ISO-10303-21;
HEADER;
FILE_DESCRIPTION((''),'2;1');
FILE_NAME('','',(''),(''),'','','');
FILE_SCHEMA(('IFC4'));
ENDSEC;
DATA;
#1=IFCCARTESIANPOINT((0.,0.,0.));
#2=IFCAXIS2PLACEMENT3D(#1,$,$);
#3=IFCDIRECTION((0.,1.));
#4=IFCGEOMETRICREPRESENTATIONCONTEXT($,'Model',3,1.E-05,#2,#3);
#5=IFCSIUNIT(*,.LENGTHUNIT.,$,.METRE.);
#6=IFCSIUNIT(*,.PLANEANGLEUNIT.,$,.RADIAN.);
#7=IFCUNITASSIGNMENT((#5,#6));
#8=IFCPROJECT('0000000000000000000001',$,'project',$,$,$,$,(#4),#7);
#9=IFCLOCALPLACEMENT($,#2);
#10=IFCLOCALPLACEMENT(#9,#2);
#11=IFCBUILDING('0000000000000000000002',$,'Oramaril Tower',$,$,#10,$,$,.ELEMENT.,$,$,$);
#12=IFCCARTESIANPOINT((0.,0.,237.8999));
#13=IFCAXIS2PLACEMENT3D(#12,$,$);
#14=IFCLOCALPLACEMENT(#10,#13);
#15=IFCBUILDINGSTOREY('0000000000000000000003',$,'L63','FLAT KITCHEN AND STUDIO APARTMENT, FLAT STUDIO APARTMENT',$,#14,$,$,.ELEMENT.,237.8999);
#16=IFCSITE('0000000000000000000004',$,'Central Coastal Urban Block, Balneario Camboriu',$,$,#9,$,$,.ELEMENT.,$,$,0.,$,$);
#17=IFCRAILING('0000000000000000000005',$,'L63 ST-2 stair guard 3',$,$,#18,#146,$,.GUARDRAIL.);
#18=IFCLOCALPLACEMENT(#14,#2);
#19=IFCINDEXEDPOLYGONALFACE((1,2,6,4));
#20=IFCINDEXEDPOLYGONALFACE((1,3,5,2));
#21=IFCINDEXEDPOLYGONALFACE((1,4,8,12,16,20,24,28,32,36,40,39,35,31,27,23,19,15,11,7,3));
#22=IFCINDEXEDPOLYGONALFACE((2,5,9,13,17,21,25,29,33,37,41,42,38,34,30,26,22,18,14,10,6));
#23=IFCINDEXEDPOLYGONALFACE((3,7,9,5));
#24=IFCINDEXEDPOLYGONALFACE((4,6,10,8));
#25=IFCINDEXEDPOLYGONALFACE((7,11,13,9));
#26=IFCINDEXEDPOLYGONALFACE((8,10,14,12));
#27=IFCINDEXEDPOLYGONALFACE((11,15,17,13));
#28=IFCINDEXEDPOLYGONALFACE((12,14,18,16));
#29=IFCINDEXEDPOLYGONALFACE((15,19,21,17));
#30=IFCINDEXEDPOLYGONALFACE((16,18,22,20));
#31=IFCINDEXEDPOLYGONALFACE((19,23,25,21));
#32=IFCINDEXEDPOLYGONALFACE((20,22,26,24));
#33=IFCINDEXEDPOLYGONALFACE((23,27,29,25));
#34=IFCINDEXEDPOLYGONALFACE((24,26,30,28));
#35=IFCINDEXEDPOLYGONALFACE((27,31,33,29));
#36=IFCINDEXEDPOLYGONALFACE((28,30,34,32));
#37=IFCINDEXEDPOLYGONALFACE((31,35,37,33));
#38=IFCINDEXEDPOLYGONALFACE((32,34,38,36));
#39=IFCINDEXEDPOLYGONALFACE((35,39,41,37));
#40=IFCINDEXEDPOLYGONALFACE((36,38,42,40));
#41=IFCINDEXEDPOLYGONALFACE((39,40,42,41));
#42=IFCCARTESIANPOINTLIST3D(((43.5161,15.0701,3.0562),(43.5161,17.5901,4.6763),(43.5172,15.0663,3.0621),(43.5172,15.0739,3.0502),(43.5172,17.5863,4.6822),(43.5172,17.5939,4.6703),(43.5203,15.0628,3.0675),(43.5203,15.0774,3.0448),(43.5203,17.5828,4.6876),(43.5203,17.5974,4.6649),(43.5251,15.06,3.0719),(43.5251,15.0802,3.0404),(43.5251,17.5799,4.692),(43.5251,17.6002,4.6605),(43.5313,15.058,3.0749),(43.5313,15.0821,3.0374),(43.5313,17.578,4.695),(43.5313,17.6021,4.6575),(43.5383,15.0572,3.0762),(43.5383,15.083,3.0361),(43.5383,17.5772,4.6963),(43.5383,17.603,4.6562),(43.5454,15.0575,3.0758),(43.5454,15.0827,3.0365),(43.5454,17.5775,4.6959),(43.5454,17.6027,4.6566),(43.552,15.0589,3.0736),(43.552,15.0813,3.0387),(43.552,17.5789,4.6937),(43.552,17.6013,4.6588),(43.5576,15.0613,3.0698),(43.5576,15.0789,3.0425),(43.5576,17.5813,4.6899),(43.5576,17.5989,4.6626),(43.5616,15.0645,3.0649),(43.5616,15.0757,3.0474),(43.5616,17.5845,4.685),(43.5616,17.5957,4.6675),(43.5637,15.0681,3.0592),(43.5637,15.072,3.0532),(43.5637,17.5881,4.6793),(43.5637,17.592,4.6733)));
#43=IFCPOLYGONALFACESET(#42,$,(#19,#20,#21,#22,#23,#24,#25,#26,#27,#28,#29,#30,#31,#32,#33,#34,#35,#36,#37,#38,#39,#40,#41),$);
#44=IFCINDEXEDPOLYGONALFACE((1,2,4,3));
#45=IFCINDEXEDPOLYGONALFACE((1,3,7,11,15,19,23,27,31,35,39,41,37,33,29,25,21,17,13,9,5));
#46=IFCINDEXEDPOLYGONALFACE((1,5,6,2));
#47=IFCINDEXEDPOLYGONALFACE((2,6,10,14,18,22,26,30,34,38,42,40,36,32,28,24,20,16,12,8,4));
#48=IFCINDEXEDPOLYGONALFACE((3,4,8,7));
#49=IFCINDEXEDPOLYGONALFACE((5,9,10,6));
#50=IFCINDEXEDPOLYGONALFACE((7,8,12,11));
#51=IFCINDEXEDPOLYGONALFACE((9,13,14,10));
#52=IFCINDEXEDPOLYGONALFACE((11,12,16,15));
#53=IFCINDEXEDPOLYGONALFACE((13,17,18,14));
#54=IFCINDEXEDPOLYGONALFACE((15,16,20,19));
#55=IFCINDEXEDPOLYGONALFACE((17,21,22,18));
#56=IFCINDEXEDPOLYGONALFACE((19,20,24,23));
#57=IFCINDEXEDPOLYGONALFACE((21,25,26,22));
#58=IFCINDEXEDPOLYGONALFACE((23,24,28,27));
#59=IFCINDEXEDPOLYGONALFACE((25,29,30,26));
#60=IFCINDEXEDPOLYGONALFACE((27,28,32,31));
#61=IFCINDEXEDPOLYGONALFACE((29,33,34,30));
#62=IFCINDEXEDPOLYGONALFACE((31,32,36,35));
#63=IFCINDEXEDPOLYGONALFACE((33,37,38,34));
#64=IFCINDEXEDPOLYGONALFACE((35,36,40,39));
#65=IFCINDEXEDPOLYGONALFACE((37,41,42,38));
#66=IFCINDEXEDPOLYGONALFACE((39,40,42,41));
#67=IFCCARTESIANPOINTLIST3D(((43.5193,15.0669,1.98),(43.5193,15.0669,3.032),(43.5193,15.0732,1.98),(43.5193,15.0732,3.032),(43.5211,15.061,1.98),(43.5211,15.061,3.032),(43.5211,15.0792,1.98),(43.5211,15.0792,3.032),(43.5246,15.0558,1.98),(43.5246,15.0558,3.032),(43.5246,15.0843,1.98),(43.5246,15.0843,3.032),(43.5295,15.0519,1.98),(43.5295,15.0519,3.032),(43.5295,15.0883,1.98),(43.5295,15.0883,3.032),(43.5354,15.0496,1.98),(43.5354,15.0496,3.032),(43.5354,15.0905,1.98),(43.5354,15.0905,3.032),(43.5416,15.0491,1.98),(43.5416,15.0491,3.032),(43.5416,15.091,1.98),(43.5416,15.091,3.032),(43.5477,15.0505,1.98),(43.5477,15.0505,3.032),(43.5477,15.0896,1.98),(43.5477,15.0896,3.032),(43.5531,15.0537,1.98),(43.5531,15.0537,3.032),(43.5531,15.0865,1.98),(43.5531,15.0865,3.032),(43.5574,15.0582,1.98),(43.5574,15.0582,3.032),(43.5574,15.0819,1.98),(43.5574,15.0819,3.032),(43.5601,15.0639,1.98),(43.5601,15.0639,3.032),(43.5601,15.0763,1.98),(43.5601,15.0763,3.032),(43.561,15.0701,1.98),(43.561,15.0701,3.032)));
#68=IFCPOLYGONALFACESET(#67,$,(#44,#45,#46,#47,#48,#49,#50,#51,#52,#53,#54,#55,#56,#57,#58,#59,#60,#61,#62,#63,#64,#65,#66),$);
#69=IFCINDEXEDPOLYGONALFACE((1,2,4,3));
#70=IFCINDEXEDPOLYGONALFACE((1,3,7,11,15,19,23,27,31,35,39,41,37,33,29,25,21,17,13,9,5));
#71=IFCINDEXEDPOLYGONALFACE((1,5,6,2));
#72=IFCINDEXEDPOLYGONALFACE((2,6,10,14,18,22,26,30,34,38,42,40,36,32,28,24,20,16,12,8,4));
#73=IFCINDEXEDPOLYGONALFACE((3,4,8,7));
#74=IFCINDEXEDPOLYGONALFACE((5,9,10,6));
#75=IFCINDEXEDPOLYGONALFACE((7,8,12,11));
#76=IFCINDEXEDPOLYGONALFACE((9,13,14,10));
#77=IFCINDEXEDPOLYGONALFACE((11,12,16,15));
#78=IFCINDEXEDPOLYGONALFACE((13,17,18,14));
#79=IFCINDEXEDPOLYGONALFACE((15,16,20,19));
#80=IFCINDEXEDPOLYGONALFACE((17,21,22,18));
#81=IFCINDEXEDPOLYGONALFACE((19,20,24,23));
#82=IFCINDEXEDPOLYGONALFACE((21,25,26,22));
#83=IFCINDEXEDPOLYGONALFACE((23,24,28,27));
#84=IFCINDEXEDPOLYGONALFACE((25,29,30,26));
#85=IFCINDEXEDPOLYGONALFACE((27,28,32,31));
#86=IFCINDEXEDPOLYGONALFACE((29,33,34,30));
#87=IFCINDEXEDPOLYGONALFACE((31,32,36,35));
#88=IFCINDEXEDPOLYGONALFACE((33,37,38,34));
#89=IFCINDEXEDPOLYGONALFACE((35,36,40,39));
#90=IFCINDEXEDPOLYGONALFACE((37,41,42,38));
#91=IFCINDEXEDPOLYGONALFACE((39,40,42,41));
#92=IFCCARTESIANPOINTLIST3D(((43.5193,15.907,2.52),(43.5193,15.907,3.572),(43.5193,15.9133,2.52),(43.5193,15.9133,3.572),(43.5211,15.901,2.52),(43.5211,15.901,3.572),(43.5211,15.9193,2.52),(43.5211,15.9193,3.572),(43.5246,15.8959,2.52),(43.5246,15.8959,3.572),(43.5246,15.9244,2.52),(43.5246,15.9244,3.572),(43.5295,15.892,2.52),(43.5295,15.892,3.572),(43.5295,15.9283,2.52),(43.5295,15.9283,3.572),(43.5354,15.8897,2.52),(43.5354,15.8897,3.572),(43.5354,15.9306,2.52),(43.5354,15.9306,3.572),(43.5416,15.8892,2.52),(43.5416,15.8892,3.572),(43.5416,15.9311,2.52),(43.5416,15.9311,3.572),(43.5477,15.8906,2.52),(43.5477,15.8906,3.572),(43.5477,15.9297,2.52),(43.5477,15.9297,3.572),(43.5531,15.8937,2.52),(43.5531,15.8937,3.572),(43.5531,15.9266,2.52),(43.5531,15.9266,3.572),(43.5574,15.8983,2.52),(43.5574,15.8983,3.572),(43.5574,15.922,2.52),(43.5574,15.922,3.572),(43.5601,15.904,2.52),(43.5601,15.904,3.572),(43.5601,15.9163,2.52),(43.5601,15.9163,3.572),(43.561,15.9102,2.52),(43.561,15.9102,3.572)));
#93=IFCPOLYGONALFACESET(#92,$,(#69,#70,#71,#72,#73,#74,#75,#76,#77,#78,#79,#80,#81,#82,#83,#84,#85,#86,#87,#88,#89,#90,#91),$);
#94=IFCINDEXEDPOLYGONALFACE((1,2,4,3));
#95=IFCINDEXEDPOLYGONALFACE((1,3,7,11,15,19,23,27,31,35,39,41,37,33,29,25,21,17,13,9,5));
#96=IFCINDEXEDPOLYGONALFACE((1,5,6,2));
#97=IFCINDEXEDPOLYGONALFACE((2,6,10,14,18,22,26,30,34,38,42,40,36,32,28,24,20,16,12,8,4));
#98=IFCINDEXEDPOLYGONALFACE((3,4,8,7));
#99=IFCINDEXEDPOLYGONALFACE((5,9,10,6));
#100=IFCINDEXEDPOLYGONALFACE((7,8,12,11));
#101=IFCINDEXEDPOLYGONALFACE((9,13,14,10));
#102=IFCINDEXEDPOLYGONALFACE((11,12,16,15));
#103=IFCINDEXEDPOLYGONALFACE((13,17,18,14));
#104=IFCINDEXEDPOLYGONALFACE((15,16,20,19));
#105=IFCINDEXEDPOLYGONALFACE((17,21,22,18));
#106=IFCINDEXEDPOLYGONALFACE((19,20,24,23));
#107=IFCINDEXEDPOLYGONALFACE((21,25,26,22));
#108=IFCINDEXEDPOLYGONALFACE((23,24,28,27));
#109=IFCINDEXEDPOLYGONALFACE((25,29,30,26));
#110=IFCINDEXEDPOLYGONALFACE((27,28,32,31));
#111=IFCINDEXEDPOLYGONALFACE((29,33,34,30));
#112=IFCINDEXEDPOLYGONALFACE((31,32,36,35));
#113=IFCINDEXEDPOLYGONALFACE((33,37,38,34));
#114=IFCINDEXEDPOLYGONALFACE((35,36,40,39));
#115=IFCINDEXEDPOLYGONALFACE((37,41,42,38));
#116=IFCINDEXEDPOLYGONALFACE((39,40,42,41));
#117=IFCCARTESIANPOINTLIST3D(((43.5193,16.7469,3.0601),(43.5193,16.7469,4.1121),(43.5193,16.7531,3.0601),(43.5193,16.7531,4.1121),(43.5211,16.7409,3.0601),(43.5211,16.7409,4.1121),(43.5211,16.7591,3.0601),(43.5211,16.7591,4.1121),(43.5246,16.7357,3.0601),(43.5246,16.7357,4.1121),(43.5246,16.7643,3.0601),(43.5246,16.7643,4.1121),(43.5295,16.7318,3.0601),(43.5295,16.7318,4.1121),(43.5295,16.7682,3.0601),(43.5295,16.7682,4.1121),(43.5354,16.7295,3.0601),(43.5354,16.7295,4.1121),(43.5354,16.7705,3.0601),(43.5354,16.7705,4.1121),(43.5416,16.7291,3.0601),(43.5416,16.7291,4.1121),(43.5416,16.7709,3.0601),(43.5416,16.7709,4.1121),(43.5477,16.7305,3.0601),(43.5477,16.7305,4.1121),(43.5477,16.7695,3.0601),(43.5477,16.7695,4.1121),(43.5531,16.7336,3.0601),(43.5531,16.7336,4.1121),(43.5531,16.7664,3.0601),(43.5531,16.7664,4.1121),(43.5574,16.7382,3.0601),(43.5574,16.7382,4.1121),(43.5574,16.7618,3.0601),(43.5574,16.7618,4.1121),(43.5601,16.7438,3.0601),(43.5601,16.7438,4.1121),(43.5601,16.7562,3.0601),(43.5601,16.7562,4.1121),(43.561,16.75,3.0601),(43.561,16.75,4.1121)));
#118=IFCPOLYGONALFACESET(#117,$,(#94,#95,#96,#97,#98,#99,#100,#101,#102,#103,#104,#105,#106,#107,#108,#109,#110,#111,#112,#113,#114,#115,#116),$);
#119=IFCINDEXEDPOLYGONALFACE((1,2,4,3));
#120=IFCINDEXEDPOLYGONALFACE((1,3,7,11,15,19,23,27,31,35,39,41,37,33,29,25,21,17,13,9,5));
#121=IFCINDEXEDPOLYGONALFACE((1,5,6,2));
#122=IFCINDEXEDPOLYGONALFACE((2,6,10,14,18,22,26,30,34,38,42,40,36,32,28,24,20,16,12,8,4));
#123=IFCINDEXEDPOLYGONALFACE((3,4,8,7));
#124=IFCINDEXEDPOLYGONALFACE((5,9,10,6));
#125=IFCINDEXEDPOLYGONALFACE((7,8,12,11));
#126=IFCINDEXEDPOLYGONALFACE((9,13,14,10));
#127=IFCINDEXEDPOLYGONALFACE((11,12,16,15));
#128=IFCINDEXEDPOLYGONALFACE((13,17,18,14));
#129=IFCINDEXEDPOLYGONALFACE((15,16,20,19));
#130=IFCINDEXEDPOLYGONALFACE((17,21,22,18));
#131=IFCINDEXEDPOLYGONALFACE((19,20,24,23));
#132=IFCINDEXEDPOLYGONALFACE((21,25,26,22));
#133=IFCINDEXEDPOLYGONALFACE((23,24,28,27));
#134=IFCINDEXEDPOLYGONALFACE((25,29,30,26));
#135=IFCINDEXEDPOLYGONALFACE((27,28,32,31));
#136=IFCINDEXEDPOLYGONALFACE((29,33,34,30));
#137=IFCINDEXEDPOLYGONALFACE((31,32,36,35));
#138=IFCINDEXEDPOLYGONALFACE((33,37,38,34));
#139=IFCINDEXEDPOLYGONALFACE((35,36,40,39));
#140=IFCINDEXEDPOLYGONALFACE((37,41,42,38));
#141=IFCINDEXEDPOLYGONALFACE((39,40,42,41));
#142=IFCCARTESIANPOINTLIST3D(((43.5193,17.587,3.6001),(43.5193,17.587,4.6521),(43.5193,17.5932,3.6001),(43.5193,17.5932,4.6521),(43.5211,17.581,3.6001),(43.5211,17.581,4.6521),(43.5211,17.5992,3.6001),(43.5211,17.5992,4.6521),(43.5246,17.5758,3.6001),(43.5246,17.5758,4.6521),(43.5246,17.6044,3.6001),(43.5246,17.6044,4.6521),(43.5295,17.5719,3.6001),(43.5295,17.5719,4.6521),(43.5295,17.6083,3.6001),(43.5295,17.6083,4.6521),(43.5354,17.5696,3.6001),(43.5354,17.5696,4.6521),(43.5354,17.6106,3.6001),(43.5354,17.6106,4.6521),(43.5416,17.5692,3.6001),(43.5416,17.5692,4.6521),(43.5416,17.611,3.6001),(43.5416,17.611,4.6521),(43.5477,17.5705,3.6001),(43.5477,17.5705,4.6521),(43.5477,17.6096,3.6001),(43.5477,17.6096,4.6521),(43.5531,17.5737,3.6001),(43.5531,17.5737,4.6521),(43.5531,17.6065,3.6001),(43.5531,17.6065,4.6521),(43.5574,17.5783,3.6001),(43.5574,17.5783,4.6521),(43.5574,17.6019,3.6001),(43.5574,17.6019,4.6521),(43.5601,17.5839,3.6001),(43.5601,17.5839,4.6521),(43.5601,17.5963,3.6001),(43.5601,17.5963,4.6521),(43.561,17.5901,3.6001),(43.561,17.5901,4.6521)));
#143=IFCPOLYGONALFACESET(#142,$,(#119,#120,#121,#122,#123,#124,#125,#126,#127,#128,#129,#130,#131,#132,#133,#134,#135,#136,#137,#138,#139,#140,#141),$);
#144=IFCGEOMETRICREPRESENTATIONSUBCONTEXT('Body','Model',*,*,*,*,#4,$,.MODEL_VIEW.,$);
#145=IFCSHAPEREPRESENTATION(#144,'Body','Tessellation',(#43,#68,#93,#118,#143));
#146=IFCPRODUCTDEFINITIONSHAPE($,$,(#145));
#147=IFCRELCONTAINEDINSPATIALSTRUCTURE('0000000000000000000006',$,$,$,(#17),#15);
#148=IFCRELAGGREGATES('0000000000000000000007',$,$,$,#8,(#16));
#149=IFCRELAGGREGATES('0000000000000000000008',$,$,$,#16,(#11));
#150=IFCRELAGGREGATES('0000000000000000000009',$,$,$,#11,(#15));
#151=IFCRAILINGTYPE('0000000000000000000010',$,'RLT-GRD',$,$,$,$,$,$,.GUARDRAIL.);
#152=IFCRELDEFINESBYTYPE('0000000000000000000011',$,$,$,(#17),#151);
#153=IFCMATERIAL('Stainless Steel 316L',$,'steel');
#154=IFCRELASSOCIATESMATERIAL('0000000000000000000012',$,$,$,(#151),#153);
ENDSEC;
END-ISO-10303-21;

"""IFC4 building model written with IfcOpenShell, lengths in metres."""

from ifc_helpers import new_model, si_unit, direction, frame, origin, origin_2d, place, context, subcontext, project, spatial, circle, extrude, material, type_object, element, save


model = new_model("IFC4")

# Units and contexts
model_context = context("Model", 3, precision=1e-05, world=origin(), true_north=direction((0.0, 1.0)))
body_context = subcontext(model_context, "Body", "Model", "MODEL_VIEW")
ifc_project = project(units=[si_unit("LENGTHUNIT", "METRE"), si_unit("PLANEANGLEUNIT", "RADIAN")], contexts=[model_context])

# Site, building, storey
site_placement = place(None, origin())
site = spatial("IfcSite", under=ifc_project, at=site_placement, Name="Central Coastal Urban Block, Balneario Camboriu", CompositionType="ELEMENT", RefElevation=0.0)
building_placement = place(site_placement, origin())
building = spatial("IfcBuilding", under=site, at=building_placement, Name="Oramaril Tower", CompositionType="ELEMENT")
storey_placement = place(building_placement, frame((0.0, 0.0, 237.8999)))
storey = spatial("IfcBuildingStorey", under=building, at=storey_placement, Name="L63", Description="FLAT KITCHEN AND STUDIO APARTMENT, FLAT STUDIO APARTMENT", CompositionType="ELEMENT", Elevation=237.8999)

# Railing
ifc_material_1 = material(Name="Stainless Steel 316L", Category="steel")
railing_type_1 = type_object("IfcRailingType", Name="RLT-GRD", PredefinedType="GUARDRAIL", material=ifc_material_1)
railing_1_placement = place(storey_placement, frame((43.54, 15.0701, 1.98)))
element("IfcRailing", 1, at=railing_1_placement, inside=storey, type_object=railing_type_1, Name="L63 ST-2 stair guard 3", PredefinedType="GUARDRAIL", context=body_context, shape_type="SweptSolid", body=[
    extrude(circle(Radius=0.0239, at=origin_2d()), frame((0.0, 0.0, 1.0762), z_axis=(0.0, 0.841163, 0.540782), x_axis=(-1.0, 0.0, 0.0)), (0.0, 0.0, 1.0), 2.9958),
    extrude(circle(Radius=0.021, at=origin_2d()), origin(), (0.0, 0.0, 1.0), 1.052),
    extrude(circle(Radius=0.021, at=origin_2d()), frame((0.0, 0.8401, 0.54)), (0.0, 0.0, 1.0), 1.052),
    extrude(circle(Radius=0.021, at=origin_2d()), frame((0.0, 1.6799, 1.0801)), (0.0, 0.0, 1.0), 1.052),
    extrude(circle(Radius=0.021, at=origin_2d()), frame((0.0, 2.52, 1.6201)), (0.0, 0.0, 1.0), 1.052),
])

save(model, "model.ifc")
